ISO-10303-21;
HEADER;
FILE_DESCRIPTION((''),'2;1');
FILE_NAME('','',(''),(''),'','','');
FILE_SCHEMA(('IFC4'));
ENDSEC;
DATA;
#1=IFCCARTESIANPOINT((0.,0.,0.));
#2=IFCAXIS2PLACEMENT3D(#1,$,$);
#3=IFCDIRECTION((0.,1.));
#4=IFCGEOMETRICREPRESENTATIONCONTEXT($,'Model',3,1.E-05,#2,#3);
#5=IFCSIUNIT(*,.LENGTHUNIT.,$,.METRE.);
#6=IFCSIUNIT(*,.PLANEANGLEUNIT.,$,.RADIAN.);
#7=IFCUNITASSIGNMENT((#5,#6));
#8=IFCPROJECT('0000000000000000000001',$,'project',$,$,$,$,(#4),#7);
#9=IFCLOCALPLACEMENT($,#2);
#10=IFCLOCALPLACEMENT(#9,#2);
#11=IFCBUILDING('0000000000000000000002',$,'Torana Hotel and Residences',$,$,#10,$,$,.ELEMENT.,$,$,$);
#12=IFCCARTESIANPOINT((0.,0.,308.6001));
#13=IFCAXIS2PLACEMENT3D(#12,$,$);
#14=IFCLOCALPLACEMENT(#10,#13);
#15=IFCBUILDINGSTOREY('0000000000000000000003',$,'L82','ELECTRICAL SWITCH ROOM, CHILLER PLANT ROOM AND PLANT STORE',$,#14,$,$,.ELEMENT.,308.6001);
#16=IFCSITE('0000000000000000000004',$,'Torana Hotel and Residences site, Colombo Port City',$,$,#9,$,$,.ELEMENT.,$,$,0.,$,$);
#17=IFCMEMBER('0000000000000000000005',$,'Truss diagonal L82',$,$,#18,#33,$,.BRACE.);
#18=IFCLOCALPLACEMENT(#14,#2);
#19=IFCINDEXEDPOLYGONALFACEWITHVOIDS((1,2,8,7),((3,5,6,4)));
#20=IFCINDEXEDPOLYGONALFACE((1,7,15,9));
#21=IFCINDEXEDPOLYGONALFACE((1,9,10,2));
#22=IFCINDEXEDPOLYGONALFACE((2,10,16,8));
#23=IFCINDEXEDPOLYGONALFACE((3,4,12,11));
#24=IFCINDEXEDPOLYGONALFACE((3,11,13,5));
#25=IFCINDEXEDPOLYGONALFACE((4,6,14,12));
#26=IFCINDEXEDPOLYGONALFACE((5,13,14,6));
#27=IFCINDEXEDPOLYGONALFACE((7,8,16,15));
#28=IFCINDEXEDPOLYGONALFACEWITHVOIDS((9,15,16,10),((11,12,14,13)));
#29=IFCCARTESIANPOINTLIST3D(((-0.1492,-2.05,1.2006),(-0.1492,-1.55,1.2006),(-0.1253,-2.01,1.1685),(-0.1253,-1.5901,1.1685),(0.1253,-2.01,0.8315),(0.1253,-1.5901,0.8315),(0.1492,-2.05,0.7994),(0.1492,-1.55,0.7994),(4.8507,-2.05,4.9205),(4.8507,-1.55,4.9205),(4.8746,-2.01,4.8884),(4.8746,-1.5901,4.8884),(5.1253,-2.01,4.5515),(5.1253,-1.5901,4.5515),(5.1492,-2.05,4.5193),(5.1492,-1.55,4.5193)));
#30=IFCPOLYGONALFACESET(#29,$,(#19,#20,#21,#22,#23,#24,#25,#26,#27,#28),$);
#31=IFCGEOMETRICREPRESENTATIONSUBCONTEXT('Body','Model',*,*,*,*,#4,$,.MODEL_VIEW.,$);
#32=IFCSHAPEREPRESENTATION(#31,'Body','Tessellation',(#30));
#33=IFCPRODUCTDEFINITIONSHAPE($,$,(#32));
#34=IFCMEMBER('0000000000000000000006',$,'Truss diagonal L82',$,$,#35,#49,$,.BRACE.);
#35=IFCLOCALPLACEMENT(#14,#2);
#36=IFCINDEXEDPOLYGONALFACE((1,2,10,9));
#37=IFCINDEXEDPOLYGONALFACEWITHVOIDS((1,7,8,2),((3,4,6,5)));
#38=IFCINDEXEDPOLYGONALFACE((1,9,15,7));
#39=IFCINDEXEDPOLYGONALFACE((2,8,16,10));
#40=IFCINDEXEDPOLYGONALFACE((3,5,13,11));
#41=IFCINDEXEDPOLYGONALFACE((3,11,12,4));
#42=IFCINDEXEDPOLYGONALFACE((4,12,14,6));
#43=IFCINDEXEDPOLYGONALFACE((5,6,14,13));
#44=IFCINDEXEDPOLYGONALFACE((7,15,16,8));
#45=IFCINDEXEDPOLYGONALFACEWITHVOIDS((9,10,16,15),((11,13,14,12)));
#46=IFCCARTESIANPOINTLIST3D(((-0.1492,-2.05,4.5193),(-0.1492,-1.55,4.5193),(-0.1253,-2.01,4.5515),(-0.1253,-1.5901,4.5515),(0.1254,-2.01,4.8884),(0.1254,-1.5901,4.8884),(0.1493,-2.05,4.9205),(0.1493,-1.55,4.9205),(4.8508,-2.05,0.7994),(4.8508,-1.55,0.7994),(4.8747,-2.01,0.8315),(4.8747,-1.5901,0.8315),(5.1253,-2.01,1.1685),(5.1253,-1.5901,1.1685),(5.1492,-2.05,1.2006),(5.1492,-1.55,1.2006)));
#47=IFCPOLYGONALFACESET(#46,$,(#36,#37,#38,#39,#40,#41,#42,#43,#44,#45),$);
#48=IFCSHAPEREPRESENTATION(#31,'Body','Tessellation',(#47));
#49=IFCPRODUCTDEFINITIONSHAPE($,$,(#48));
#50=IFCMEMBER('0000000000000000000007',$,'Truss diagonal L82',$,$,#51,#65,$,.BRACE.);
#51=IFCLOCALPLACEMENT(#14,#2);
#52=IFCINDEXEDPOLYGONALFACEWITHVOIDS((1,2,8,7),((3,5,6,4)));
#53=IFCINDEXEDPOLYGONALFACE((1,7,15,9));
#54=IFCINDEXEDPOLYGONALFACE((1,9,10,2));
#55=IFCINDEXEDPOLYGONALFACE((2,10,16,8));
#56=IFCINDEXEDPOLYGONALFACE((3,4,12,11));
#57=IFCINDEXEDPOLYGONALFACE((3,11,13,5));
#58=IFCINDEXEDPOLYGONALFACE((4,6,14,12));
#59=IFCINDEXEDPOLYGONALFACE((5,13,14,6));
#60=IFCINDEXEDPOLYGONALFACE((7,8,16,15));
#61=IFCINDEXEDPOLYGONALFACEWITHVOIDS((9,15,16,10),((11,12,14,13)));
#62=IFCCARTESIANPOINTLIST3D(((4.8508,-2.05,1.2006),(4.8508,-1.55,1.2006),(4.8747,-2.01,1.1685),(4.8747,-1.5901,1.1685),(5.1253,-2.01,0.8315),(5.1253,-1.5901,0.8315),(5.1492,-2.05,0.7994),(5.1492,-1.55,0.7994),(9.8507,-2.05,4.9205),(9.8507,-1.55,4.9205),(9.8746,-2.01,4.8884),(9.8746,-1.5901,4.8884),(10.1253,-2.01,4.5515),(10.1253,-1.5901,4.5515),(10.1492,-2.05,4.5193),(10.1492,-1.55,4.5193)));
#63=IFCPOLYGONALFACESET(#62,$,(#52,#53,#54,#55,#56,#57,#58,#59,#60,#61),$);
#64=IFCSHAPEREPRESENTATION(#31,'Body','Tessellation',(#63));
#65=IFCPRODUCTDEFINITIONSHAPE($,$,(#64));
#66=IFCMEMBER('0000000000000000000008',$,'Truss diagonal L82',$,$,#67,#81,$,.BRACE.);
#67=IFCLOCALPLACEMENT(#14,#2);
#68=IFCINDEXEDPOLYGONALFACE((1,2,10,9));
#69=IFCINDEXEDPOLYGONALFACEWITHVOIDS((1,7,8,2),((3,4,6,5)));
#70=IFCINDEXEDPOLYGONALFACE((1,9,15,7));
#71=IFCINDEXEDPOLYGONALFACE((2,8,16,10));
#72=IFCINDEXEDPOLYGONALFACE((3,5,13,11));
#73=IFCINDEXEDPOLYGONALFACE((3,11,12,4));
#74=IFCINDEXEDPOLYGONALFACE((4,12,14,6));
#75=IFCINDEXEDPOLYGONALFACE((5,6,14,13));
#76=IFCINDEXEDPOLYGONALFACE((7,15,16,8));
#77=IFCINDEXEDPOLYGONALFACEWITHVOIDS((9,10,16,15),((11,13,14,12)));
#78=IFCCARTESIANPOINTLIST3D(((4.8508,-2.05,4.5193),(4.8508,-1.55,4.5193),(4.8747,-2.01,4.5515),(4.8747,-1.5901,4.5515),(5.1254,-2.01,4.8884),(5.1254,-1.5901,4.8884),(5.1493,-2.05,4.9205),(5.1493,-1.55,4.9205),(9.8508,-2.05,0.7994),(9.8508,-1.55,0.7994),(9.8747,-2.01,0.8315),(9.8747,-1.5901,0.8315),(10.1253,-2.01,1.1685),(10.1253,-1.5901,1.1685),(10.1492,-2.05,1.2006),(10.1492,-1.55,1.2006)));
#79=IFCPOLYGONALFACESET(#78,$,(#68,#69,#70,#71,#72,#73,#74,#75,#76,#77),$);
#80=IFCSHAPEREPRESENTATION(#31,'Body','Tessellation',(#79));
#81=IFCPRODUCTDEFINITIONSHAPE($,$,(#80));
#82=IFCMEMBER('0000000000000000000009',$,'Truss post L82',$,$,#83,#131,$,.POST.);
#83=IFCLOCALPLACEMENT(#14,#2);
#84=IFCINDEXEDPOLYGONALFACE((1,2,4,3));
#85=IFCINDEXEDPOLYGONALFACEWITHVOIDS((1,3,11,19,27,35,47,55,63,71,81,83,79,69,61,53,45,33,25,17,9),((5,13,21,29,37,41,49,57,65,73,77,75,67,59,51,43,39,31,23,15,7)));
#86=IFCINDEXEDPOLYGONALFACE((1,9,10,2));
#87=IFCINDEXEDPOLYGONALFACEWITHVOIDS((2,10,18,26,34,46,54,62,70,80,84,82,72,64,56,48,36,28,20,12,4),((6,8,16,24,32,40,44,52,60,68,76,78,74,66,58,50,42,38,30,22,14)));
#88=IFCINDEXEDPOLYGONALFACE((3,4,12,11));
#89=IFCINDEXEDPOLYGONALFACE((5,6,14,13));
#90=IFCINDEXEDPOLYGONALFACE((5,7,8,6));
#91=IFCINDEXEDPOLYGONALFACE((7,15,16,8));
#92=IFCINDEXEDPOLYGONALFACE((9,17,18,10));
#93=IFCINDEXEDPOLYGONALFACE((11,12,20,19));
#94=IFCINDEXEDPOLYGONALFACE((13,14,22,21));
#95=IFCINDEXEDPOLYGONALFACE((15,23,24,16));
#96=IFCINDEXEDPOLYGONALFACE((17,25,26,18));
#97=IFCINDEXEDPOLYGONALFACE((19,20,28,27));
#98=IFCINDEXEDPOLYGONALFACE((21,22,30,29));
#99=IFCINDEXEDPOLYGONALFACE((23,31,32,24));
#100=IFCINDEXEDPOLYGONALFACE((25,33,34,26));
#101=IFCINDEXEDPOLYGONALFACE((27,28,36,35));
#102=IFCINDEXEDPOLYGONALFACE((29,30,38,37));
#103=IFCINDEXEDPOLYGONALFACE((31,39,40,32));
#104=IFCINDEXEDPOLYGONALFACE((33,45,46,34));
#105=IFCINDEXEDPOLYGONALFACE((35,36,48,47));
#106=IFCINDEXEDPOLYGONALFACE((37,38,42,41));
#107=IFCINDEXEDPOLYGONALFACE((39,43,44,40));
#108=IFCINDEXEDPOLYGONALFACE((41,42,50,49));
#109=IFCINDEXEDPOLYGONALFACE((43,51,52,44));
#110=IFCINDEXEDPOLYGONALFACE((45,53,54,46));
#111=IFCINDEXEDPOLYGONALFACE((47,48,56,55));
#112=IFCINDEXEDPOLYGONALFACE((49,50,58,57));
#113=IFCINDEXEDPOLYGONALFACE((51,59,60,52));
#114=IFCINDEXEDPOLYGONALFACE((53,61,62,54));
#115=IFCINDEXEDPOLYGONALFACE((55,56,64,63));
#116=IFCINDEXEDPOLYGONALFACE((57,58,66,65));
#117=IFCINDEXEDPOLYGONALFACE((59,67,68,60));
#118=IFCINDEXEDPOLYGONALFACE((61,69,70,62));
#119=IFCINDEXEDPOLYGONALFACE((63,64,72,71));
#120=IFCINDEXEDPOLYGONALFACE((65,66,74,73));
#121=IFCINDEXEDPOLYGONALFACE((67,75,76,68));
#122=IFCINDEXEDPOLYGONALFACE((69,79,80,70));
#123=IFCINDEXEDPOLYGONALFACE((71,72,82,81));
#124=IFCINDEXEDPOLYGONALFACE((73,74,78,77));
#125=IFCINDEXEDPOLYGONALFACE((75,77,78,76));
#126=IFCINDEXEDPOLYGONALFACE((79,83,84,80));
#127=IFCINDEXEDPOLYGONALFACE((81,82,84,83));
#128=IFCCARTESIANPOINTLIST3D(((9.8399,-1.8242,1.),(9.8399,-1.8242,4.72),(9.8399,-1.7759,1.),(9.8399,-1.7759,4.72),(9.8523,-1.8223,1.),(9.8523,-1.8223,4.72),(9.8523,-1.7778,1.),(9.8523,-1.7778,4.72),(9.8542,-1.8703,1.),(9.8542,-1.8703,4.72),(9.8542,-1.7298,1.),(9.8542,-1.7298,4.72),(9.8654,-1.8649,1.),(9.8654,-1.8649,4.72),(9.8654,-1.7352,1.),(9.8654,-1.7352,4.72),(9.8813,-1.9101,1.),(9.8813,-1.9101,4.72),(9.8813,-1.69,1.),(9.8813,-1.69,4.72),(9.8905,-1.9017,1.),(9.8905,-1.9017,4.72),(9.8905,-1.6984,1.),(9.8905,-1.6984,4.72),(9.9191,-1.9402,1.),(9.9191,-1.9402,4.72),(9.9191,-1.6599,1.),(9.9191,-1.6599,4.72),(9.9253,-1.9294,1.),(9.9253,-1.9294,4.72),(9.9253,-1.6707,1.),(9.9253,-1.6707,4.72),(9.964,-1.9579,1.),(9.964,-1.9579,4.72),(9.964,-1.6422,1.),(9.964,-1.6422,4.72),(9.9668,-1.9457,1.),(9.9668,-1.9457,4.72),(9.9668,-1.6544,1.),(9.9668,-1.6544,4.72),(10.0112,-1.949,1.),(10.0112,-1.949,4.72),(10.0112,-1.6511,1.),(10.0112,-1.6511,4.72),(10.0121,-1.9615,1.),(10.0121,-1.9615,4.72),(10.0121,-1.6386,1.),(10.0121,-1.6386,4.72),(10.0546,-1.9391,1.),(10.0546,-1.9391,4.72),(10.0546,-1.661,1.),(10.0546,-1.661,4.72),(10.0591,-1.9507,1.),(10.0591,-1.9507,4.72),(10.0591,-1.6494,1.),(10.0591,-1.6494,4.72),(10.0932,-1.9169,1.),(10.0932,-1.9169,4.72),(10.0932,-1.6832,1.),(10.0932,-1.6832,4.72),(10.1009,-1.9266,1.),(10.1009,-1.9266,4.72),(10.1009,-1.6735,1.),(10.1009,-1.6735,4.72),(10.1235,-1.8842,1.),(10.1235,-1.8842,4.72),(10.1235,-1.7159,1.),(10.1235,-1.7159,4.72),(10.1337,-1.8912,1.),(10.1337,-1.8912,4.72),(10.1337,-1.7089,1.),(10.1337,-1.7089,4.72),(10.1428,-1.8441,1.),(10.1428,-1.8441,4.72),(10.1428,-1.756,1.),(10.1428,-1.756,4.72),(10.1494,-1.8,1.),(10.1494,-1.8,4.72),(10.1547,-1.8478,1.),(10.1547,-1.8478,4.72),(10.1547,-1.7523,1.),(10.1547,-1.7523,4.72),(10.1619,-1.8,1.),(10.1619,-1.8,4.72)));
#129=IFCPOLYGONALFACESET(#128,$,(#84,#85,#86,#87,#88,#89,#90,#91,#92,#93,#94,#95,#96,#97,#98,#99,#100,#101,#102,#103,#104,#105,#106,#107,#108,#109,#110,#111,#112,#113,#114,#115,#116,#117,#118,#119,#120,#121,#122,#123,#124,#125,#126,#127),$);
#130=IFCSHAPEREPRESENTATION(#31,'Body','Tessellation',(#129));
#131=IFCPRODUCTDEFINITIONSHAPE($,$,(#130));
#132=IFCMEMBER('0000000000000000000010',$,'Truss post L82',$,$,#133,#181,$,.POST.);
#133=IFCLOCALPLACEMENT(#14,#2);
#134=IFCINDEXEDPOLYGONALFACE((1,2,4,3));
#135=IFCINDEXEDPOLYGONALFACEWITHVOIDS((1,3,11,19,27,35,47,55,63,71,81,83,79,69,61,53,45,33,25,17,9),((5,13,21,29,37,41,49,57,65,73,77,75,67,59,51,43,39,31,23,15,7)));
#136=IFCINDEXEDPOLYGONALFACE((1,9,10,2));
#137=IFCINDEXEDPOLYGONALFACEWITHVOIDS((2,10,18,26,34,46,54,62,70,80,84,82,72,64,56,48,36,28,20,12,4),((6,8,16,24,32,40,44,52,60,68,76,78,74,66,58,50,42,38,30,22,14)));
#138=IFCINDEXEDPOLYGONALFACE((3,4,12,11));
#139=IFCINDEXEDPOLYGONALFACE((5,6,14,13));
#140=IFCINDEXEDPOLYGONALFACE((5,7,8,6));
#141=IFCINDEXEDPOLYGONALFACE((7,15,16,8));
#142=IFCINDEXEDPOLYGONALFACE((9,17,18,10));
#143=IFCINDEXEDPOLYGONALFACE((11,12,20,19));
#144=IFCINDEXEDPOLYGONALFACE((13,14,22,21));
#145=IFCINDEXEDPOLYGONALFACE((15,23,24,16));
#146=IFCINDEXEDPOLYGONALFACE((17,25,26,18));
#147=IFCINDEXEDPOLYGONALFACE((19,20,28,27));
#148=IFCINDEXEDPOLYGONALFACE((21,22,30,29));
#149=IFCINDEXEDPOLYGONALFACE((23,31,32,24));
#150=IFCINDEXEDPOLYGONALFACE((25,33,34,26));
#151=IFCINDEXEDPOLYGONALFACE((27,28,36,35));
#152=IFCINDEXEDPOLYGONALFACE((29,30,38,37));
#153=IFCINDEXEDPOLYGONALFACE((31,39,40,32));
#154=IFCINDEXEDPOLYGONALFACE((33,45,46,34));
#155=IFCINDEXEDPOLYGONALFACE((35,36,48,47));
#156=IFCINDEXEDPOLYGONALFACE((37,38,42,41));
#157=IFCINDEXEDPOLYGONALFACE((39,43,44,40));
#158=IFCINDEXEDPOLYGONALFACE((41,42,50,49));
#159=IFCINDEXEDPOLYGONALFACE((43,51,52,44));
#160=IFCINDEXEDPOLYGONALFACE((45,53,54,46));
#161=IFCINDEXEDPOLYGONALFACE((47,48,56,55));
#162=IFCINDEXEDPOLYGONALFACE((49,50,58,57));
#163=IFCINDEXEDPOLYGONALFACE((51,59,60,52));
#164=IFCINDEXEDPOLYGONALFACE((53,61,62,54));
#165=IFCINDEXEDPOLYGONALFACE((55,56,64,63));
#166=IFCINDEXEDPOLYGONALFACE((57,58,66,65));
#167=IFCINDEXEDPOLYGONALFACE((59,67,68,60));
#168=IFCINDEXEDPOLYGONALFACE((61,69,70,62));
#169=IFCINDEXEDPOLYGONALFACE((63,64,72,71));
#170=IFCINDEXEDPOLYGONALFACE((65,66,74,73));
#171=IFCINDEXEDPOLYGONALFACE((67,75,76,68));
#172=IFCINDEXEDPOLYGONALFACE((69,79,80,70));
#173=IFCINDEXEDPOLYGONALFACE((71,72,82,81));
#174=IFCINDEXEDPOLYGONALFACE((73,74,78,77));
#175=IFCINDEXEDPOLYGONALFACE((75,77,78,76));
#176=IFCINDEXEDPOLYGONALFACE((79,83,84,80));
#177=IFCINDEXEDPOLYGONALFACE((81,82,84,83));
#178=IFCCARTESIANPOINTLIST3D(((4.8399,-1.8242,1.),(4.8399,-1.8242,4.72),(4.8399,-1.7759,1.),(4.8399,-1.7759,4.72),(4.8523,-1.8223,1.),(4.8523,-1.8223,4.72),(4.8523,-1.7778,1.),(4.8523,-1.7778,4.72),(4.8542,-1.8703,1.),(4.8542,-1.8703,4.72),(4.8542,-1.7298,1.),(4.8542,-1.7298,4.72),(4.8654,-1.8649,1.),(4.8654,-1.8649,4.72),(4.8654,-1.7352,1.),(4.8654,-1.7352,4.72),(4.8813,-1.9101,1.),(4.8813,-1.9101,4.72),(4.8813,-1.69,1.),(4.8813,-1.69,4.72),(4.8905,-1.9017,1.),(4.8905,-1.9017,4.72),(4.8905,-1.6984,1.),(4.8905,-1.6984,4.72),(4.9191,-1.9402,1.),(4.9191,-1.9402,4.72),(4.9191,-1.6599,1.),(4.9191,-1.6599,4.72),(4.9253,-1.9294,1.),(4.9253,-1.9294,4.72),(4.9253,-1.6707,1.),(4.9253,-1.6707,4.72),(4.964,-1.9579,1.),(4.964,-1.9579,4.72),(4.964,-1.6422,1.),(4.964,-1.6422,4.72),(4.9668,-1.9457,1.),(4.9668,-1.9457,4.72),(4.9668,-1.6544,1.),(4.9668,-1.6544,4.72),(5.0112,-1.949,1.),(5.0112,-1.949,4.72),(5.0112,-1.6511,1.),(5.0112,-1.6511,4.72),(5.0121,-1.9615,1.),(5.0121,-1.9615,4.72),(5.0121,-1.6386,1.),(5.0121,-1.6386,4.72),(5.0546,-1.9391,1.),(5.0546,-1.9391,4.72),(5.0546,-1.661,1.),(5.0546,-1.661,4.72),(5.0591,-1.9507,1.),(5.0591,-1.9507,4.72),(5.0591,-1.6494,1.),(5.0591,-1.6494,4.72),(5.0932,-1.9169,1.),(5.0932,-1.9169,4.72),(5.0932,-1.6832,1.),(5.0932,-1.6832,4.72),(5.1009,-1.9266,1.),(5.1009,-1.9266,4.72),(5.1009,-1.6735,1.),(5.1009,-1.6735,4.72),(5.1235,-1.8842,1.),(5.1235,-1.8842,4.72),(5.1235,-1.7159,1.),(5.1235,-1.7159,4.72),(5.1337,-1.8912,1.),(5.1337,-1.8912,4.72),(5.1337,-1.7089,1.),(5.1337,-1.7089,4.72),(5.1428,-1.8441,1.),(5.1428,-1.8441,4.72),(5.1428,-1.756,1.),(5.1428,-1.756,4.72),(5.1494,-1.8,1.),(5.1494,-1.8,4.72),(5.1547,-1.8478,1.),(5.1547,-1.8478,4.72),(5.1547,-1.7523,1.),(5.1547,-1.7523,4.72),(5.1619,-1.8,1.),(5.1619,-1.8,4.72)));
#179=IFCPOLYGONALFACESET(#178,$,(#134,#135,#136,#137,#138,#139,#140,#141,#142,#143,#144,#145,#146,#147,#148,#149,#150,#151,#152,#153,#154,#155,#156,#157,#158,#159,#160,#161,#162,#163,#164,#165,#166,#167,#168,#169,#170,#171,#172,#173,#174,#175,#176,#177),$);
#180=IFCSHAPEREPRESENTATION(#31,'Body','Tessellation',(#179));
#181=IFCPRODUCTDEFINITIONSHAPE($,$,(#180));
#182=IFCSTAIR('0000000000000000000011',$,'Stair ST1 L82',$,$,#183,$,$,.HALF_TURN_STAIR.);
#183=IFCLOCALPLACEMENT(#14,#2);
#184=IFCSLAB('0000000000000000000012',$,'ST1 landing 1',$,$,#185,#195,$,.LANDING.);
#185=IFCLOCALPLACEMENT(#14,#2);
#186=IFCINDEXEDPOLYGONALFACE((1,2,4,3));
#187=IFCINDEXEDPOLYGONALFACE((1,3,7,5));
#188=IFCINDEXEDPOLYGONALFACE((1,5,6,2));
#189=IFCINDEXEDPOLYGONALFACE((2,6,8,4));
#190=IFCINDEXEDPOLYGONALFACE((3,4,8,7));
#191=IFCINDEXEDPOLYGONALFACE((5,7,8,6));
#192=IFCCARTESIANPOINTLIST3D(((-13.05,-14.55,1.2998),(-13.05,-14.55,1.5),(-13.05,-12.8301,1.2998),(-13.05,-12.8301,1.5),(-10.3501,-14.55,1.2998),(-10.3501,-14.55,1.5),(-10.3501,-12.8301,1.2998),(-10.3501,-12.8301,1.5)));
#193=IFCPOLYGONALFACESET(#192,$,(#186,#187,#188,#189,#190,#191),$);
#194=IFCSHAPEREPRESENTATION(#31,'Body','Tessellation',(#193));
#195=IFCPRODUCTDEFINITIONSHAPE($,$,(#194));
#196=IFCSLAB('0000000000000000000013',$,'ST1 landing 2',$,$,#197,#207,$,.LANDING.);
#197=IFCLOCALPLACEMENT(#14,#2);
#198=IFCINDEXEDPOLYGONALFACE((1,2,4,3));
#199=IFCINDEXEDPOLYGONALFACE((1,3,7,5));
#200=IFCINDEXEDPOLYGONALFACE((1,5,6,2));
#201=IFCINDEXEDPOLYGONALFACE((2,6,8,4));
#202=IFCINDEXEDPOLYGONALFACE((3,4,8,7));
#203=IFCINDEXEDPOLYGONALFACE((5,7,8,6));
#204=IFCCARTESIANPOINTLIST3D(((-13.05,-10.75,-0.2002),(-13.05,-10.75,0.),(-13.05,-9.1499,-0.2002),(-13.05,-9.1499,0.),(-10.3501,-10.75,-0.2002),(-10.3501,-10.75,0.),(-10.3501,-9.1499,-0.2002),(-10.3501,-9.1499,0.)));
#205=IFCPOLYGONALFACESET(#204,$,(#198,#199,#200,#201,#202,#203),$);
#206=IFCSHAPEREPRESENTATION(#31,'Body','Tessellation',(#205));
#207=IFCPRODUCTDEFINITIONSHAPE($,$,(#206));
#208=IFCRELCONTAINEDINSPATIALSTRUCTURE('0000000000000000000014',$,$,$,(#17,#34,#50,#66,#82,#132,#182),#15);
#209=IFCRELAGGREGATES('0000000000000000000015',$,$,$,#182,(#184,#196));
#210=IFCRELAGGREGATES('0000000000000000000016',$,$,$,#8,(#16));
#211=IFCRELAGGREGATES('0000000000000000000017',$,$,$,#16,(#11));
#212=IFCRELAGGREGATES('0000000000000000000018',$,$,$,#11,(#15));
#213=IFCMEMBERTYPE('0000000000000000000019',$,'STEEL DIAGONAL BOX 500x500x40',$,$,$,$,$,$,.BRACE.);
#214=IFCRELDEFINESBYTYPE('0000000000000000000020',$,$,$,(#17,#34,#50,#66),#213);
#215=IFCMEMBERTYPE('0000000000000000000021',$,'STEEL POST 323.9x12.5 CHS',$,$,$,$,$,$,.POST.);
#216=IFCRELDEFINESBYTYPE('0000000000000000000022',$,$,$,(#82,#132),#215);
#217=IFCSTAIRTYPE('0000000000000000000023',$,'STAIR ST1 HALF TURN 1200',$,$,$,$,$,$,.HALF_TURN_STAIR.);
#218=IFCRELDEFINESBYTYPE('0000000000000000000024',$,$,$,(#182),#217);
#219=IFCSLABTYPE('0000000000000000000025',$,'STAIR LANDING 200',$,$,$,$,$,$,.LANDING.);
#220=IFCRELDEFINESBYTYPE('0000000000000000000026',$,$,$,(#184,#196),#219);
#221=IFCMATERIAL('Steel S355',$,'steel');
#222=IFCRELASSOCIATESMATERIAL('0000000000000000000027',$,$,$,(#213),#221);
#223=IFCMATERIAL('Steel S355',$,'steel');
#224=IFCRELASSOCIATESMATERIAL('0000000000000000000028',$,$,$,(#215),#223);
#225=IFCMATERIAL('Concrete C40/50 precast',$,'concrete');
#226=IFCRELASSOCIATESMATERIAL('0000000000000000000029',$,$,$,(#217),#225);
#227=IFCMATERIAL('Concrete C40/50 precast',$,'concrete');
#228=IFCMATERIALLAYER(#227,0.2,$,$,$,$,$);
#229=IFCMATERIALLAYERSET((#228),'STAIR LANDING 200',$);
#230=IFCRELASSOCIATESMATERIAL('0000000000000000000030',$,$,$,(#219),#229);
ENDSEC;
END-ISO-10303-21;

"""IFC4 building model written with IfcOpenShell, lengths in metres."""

from ifc_helpers import new_model, si_unit, direction, frame, origin, origin_2d, place, context, subcontext, project, spatial, polyline, hollow_rectangle, hollow_circle, outline, extrude, material, layer, layer_set, material_profile, profile_set, type_object, element, aggregate, save


model = new_model("IFC4")

# Units and contexts
model_context = context("Model", 3, precision=1e-05, world=origin(), true_north=direction((0.0, 1.0)))
body_context = subcontext(model_context, "Body", "Model", "MODEL_VIEW")
ifc_project = project(units=[si_unit("LENGTHUNIT", "METRE"), si_unit("PLANEANGLEUNIT", "RADIAN")], contexts=[model_context])

# Site, building, storey
site_placement = place(None, origin())
site = spatial("IfcSite", under=ifc_project, at=site_placement, Name="Torana Hotel and Residences site, Colombo Port City", CompositionType="ELEMENT", RefElevation=0.0)
building_placement = place(site_placement, origin())
building = spatial("IfcBuilding", under=site, at=building_placement, Name="Torana Hotel and Residences", CompositionType="ELEMENT")
storey_placement = place(building_placement, frame((0.0, 0.0, 308.6001)))
storey = spatial("IfcBuildingStorey", under=building, at=storey_placement, Name="L82", Description="ELECTRICAL SWITCH ROOM, CHILLER PLANT ROOM AND PLANT STORE", CompositionType="ELEMENT", Elevation=308.6001)

# Members
ifc_material_1 = material(Name="Steel S355", Category="steel")
ifc_material_profile_1 = material_profile(ifc_material_1, hollow_rectangle(XDim=0.5, YDim=0.5, WallThickness=0.04, at=origin_2d()), Name="BOX 500x500x40")
ifc_profile_set_1 = profile_set([ifc_material_profile_1], Name="Steel S355")
member_type_1 = type_object("IfcMemberType", Name="STEEL DIAGONAL BOX 500x500x40", PredefinedType="BRACE", material=ifc_profile_set_1)
for number, where, z_axis, x_axis, name in (
    (1, (0.0, -1.8, 1.0), (0.802307, 0.0, 0.596912), (0.0, 1.0, 0.0), "Truss diagonal L82"),
    (2, (5.0, -1.8, 1.0), (-0.802307, 0.0, 0.596912), (0.0, -1.0, 0.0), "Truss diagonal L82"),
    (3, (5.0, -1.8, 1.0), (0.802307, 0.0, 0.596912), (0.0, 1.0, 0.0), "Truss diagonal L82"),
    (4, (10.0, -1.8, 1.0), (-0.802307, 0.0, 0.596912), (0.0, -1.0, 0.0), "Truss diagonal L82"),
):
    element("IfcMember", number, at=place(storey_placement, frame(where, z_axis=z_axis, x_axis=x_axis)), inside=storey, type_object=member_type_1, Name=name, PredefinedType="BRACE", context=body_context, shape_type="SweptSolid", body=[
        extrude(hollow_rectangle(XDim=0.5, YDim=0.5, WallThickness=0.04, at=origin_2d()), origin(), (0.0, 0.0, 1.0), 6.2319),
    ])
ifc_material_2 = material(Name="Steel S355", Category="steel")
ifc_material_profile_2 = material_profile(ifc_material_2, hollow_circle(Radius=0.1619, WallThickness=0.0125, at=origin_2d()), Name="323.9x12.5 CHS")
ifc_profile_set_2 = profile_set([ifc_material_profile_2], Name="Steel S355")
member_type_2 = type_object("IfcMemberType", Name="STEEL POST 323.9x12.5 CHS", PredefinedType="POST", material=ifc_profile_set_2)
for number, where, z_axis, x_axis, name in (
    (5, (10.0, -1.8, 1.0), (0.0, 0.0, 1.0), (1.0, 0.0, 0.0), "Truss post L82"),
    (6, (5.0, -1.8, 1.0), (0.0, 0.0, 1.0), (1.0, 0.0, 0.0), "Truss post L82"),
):
    element("IfcMember", number, at=place(storey_placement, frame(where, z_axis=z_axis, x_axis=x_axis)), inside=storey, type_object=member_type_2, Name=name, PredefinedType="POST", context=body_context, shape_type="SweptSolid", body=[
        extrude(hollow_circle(Radius=0.1619, WallThickness=0.0125, at=origin_2d()), origin(), (0.0, 0.0, 1.0), 3.72),
    ])

# Stair, slabs
ifc_material_3 = material(Name="Concrete C40/50 precast", Category="concrete")
stair_type_1 = type_object("IfcStairType", Name="STAIR ST1 HALF TURN 1200", PredefinedType="HALF_TURN_STAIR", material=ifc_material_3)
stair_1_placement = place(storey_placement, origin())
stair_1 = element("IfcStair", 7, at=stair_1_placement, inside=storey, type_object=stair_type_1, Name="Stair ST1 L82", PredefinedType="HALF_TURN_STAIR")
ifc_material_4 = material(Name="Concrete C40/50 precast", Category="concrete")
ifc_layer_1 = layer(ifc_material_4, 0.2)
ifc_layer_set_1 = layer_set([ifc_layer_1], Name="STAIR LANDING 200")
slab_type_1 = type_object("IfcSlabType", Name="STAIR LANDING 200", PredefinedType="LANDING", material=ifc_layer_set_1)
slab_1_placement = place(storey_placement, frame((0.0, 0.0, 1.2998)))
slab_1 = element("IfcSlab", 8, at=slab_1_placement, type_object=slab_type_1, Name="ST1 landing 1", PredefinedType="LANDING", context=body_context, shape_type="SweptSolid", body=[
    extrude(outline(polyline([(-13.05, -14.55), (-10.3501, -14.55), (-10.3501, -12.8301), (-13.05, -12.8301), (-13.05, -14.55)])), origin(), (0.0, 0.0, 1.0), 0.2002),
])
slab_2_placement = place(storey_placement, frame((0.0, 0.0, -0.2002)))
slab_2 = element("IfcSlab", 9, at=slab_2_placement, type_object=slab_type_1, Name="ST1 landing 2", PredefinedType="LANDING", context=body_context, shape_type="SweptSolid", body=[
    extrude(outline(polyline([(-13.05, -10.75), (-10.3501, -10.75), (-10.3501, -9.1499), (-13.05, -9.1499), (-13.05, -10.75)])), origin(), (0.0, 0.0, 1.0), 0.2002),
])
aggregate(stair_1, [slab_1, slab_2])

save(model, "model.ifc")
